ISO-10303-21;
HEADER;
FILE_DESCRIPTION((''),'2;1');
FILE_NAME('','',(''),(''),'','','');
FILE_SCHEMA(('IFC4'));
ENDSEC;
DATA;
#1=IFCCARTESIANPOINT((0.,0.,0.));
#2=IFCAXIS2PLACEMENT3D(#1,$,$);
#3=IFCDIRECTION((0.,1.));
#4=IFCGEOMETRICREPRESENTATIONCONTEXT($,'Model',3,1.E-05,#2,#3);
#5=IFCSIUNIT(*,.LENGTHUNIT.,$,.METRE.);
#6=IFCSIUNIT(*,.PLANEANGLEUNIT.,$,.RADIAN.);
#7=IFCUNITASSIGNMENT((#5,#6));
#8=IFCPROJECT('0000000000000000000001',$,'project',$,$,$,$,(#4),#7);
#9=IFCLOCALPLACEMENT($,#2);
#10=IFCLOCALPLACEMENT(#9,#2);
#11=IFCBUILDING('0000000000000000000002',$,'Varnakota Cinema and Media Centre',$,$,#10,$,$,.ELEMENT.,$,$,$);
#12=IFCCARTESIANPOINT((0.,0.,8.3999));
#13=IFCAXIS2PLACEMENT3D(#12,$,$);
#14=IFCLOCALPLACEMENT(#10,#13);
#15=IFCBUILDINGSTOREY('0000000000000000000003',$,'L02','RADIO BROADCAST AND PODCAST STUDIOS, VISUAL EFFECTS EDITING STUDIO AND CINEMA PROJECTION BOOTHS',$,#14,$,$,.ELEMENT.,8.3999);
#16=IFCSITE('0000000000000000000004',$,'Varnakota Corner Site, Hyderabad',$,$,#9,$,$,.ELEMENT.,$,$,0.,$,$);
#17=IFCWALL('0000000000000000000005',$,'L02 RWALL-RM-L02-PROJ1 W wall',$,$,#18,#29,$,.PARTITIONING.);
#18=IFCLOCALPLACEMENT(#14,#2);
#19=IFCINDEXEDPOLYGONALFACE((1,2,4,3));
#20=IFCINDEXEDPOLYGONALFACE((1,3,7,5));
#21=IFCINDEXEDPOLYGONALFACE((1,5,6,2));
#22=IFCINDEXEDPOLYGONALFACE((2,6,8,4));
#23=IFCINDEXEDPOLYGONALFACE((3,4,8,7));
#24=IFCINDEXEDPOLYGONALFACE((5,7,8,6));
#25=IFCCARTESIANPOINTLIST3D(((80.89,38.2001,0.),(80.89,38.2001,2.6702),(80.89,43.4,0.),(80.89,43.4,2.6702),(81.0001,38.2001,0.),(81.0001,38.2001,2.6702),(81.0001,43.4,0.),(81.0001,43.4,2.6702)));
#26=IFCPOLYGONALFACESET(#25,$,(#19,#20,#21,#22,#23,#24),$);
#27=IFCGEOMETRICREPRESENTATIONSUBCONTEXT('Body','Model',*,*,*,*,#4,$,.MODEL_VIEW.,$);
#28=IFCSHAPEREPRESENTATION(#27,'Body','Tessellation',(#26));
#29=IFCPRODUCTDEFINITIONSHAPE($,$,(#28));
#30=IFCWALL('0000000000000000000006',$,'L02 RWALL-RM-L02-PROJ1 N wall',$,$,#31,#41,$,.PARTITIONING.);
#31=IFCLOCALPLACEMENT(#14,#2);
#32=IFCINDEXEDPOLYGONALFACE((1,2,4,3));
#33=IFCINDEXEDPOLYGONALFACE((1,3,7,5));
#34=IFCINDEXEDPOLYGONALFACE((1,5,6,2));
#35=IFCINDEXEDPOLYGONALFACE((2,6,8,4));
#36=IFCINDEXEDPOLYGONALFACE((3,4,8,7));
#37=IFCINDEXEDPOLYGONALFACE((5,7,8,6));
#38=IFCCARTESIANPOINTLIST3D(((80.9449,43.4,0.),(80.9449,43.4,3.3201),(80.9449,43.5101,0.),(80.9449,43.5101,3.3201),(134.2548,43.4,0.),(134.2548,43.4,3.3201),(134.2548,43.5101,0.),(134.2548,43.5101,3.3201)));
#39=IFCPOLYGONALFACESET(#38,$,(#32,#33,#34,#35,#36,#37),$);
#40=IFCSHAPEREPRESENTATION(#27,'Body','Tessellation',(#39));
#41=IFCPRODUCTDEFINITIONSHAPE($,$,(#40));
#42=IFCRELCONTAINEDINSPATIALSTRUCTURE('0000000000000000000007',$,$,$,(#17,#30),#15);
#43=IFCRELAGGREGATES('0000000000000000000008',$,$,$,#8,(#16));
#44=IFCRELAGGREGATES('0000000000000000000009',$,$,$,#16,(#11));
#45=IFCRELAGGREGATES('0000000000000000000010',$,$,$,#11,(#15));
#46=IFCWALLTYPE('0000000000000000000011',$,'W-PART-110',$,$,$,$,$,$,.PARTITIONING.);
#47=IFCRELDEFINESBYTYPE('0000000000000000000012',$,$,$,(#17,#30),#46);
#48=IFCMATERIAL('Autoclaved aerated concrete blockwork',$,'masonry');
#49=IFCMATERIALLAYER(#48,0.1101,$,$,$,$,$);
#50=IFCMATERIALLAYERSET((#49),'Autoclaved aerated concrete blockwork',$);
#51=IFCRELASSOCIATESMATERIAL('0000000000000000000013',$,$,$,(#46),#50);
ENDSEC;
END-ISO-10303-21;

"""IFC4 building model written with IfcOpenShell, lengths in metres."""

from ifc_helpers import new_model, si_unit, direction, frame, frame_2d, origin, place, context, subcontext, project, spatial, rectangle, extrude, material, layer, layer_set, type_object, element, save


model = new_model("IFC4")

# Units and contexts
model_context = context("Model", 3, precision=1e-05, world=origin(), true_north=direction((0.0, 1.0)))
body_context = subcontext(model_context, "Body", "Model", "MODEL_VIEW")
ifc_project = project(units=[si_unit("LENGTHUNIT", "METRE"), si_unit("PLANEANGLEUNIT", "RADIAN")], contexts=[model_context])

# Site, building, storey
site_placement = place(None, origin())
site = spatial("IfcSite", under=ifc_project, at=site_placement, Name="Varnakota Corner Site, Hyderabad", CompositionType="ELEMENT", RefElevation=0.0)
building_placement = place(site_placement, origin())
building = spatial("IfcBuilding", under=site, at=building_placement, Name="Varnakota Cinema and Media Centre", CompositionType="ELEMENT")
storey_placement = place(building_placement, frame((0.0, 0.0, 8.3999)))
storey = spatial("IfcBuildingStorey", under=building, at=storey_placement, Name="L02", Description="RADIO BROADCAST AND PODCAST STUDIOS, VISUAL EFFECTS EDITING STUDIO AND CINEMA PROJECTION BOOTHS", CompositionType="ELEMENT", Elevation=8.3999)

# Walls
ifc_material_1 = material(Name="Autoclaved aerated concrete blockwork", Category="masonry")
ifc_layer_1 = layer(ifc_material_1, 0.1101)
ifc_layer_set_1 = layer_set([ifc_layer_1], Name="Autoclaved aerated concrete blockwork")
wall_type_1 = type_object("IfcWallType", Name="W-PART-110", PredefinedType="PARTITIONING", material=ifc_layer_set_1)
wall_1_placement = place(storey_placement, frame((80.9451, 38.2, 0.0), z_axis=(0.0, 0.0, 1.0), x_axis=(0.0, 1.0, 0.0)))
element("IfcWall", 1, at=wall_1_placement, inside=storey, type_object=wall_type_1, Name="L02 RWALL-RM-L02-PROJ1 W wall", PredefinedType="PARTITIONING", context=body_context, shape_type="SweptSolid", body=[
    extrude(rectangle(XDim=5.2, YDim=0.1101, at=frame_2d((2.6001, 0.0))), origin(), (0.0, 0.0, 1.0), 2.6702),
])
wall_2_placement = place(storey_placement, frame((80.9451, 43.4551, 0.0), z_axis=(0.0, 0.0, 1.0), x_axis=(1.0, 0.0, 0.0)))
element("IfcWall", 2, at=wall_2_placement, inside=storey, type_object=wall_type_1, Name="L02 RWALL-RM-L02-PROJ1 N wall", PredefinedType="PARTITIONING", context=body_context, shape_type="SweptSolid", body=[
    extrude(rectangle(XDim=53.3098, YDim=0.1101, at=frame_2d((26.6548, 0.0))), origin(), (0.0, 0.0, 1.0), 3.3201),
])

save(model, "model.ifc")
